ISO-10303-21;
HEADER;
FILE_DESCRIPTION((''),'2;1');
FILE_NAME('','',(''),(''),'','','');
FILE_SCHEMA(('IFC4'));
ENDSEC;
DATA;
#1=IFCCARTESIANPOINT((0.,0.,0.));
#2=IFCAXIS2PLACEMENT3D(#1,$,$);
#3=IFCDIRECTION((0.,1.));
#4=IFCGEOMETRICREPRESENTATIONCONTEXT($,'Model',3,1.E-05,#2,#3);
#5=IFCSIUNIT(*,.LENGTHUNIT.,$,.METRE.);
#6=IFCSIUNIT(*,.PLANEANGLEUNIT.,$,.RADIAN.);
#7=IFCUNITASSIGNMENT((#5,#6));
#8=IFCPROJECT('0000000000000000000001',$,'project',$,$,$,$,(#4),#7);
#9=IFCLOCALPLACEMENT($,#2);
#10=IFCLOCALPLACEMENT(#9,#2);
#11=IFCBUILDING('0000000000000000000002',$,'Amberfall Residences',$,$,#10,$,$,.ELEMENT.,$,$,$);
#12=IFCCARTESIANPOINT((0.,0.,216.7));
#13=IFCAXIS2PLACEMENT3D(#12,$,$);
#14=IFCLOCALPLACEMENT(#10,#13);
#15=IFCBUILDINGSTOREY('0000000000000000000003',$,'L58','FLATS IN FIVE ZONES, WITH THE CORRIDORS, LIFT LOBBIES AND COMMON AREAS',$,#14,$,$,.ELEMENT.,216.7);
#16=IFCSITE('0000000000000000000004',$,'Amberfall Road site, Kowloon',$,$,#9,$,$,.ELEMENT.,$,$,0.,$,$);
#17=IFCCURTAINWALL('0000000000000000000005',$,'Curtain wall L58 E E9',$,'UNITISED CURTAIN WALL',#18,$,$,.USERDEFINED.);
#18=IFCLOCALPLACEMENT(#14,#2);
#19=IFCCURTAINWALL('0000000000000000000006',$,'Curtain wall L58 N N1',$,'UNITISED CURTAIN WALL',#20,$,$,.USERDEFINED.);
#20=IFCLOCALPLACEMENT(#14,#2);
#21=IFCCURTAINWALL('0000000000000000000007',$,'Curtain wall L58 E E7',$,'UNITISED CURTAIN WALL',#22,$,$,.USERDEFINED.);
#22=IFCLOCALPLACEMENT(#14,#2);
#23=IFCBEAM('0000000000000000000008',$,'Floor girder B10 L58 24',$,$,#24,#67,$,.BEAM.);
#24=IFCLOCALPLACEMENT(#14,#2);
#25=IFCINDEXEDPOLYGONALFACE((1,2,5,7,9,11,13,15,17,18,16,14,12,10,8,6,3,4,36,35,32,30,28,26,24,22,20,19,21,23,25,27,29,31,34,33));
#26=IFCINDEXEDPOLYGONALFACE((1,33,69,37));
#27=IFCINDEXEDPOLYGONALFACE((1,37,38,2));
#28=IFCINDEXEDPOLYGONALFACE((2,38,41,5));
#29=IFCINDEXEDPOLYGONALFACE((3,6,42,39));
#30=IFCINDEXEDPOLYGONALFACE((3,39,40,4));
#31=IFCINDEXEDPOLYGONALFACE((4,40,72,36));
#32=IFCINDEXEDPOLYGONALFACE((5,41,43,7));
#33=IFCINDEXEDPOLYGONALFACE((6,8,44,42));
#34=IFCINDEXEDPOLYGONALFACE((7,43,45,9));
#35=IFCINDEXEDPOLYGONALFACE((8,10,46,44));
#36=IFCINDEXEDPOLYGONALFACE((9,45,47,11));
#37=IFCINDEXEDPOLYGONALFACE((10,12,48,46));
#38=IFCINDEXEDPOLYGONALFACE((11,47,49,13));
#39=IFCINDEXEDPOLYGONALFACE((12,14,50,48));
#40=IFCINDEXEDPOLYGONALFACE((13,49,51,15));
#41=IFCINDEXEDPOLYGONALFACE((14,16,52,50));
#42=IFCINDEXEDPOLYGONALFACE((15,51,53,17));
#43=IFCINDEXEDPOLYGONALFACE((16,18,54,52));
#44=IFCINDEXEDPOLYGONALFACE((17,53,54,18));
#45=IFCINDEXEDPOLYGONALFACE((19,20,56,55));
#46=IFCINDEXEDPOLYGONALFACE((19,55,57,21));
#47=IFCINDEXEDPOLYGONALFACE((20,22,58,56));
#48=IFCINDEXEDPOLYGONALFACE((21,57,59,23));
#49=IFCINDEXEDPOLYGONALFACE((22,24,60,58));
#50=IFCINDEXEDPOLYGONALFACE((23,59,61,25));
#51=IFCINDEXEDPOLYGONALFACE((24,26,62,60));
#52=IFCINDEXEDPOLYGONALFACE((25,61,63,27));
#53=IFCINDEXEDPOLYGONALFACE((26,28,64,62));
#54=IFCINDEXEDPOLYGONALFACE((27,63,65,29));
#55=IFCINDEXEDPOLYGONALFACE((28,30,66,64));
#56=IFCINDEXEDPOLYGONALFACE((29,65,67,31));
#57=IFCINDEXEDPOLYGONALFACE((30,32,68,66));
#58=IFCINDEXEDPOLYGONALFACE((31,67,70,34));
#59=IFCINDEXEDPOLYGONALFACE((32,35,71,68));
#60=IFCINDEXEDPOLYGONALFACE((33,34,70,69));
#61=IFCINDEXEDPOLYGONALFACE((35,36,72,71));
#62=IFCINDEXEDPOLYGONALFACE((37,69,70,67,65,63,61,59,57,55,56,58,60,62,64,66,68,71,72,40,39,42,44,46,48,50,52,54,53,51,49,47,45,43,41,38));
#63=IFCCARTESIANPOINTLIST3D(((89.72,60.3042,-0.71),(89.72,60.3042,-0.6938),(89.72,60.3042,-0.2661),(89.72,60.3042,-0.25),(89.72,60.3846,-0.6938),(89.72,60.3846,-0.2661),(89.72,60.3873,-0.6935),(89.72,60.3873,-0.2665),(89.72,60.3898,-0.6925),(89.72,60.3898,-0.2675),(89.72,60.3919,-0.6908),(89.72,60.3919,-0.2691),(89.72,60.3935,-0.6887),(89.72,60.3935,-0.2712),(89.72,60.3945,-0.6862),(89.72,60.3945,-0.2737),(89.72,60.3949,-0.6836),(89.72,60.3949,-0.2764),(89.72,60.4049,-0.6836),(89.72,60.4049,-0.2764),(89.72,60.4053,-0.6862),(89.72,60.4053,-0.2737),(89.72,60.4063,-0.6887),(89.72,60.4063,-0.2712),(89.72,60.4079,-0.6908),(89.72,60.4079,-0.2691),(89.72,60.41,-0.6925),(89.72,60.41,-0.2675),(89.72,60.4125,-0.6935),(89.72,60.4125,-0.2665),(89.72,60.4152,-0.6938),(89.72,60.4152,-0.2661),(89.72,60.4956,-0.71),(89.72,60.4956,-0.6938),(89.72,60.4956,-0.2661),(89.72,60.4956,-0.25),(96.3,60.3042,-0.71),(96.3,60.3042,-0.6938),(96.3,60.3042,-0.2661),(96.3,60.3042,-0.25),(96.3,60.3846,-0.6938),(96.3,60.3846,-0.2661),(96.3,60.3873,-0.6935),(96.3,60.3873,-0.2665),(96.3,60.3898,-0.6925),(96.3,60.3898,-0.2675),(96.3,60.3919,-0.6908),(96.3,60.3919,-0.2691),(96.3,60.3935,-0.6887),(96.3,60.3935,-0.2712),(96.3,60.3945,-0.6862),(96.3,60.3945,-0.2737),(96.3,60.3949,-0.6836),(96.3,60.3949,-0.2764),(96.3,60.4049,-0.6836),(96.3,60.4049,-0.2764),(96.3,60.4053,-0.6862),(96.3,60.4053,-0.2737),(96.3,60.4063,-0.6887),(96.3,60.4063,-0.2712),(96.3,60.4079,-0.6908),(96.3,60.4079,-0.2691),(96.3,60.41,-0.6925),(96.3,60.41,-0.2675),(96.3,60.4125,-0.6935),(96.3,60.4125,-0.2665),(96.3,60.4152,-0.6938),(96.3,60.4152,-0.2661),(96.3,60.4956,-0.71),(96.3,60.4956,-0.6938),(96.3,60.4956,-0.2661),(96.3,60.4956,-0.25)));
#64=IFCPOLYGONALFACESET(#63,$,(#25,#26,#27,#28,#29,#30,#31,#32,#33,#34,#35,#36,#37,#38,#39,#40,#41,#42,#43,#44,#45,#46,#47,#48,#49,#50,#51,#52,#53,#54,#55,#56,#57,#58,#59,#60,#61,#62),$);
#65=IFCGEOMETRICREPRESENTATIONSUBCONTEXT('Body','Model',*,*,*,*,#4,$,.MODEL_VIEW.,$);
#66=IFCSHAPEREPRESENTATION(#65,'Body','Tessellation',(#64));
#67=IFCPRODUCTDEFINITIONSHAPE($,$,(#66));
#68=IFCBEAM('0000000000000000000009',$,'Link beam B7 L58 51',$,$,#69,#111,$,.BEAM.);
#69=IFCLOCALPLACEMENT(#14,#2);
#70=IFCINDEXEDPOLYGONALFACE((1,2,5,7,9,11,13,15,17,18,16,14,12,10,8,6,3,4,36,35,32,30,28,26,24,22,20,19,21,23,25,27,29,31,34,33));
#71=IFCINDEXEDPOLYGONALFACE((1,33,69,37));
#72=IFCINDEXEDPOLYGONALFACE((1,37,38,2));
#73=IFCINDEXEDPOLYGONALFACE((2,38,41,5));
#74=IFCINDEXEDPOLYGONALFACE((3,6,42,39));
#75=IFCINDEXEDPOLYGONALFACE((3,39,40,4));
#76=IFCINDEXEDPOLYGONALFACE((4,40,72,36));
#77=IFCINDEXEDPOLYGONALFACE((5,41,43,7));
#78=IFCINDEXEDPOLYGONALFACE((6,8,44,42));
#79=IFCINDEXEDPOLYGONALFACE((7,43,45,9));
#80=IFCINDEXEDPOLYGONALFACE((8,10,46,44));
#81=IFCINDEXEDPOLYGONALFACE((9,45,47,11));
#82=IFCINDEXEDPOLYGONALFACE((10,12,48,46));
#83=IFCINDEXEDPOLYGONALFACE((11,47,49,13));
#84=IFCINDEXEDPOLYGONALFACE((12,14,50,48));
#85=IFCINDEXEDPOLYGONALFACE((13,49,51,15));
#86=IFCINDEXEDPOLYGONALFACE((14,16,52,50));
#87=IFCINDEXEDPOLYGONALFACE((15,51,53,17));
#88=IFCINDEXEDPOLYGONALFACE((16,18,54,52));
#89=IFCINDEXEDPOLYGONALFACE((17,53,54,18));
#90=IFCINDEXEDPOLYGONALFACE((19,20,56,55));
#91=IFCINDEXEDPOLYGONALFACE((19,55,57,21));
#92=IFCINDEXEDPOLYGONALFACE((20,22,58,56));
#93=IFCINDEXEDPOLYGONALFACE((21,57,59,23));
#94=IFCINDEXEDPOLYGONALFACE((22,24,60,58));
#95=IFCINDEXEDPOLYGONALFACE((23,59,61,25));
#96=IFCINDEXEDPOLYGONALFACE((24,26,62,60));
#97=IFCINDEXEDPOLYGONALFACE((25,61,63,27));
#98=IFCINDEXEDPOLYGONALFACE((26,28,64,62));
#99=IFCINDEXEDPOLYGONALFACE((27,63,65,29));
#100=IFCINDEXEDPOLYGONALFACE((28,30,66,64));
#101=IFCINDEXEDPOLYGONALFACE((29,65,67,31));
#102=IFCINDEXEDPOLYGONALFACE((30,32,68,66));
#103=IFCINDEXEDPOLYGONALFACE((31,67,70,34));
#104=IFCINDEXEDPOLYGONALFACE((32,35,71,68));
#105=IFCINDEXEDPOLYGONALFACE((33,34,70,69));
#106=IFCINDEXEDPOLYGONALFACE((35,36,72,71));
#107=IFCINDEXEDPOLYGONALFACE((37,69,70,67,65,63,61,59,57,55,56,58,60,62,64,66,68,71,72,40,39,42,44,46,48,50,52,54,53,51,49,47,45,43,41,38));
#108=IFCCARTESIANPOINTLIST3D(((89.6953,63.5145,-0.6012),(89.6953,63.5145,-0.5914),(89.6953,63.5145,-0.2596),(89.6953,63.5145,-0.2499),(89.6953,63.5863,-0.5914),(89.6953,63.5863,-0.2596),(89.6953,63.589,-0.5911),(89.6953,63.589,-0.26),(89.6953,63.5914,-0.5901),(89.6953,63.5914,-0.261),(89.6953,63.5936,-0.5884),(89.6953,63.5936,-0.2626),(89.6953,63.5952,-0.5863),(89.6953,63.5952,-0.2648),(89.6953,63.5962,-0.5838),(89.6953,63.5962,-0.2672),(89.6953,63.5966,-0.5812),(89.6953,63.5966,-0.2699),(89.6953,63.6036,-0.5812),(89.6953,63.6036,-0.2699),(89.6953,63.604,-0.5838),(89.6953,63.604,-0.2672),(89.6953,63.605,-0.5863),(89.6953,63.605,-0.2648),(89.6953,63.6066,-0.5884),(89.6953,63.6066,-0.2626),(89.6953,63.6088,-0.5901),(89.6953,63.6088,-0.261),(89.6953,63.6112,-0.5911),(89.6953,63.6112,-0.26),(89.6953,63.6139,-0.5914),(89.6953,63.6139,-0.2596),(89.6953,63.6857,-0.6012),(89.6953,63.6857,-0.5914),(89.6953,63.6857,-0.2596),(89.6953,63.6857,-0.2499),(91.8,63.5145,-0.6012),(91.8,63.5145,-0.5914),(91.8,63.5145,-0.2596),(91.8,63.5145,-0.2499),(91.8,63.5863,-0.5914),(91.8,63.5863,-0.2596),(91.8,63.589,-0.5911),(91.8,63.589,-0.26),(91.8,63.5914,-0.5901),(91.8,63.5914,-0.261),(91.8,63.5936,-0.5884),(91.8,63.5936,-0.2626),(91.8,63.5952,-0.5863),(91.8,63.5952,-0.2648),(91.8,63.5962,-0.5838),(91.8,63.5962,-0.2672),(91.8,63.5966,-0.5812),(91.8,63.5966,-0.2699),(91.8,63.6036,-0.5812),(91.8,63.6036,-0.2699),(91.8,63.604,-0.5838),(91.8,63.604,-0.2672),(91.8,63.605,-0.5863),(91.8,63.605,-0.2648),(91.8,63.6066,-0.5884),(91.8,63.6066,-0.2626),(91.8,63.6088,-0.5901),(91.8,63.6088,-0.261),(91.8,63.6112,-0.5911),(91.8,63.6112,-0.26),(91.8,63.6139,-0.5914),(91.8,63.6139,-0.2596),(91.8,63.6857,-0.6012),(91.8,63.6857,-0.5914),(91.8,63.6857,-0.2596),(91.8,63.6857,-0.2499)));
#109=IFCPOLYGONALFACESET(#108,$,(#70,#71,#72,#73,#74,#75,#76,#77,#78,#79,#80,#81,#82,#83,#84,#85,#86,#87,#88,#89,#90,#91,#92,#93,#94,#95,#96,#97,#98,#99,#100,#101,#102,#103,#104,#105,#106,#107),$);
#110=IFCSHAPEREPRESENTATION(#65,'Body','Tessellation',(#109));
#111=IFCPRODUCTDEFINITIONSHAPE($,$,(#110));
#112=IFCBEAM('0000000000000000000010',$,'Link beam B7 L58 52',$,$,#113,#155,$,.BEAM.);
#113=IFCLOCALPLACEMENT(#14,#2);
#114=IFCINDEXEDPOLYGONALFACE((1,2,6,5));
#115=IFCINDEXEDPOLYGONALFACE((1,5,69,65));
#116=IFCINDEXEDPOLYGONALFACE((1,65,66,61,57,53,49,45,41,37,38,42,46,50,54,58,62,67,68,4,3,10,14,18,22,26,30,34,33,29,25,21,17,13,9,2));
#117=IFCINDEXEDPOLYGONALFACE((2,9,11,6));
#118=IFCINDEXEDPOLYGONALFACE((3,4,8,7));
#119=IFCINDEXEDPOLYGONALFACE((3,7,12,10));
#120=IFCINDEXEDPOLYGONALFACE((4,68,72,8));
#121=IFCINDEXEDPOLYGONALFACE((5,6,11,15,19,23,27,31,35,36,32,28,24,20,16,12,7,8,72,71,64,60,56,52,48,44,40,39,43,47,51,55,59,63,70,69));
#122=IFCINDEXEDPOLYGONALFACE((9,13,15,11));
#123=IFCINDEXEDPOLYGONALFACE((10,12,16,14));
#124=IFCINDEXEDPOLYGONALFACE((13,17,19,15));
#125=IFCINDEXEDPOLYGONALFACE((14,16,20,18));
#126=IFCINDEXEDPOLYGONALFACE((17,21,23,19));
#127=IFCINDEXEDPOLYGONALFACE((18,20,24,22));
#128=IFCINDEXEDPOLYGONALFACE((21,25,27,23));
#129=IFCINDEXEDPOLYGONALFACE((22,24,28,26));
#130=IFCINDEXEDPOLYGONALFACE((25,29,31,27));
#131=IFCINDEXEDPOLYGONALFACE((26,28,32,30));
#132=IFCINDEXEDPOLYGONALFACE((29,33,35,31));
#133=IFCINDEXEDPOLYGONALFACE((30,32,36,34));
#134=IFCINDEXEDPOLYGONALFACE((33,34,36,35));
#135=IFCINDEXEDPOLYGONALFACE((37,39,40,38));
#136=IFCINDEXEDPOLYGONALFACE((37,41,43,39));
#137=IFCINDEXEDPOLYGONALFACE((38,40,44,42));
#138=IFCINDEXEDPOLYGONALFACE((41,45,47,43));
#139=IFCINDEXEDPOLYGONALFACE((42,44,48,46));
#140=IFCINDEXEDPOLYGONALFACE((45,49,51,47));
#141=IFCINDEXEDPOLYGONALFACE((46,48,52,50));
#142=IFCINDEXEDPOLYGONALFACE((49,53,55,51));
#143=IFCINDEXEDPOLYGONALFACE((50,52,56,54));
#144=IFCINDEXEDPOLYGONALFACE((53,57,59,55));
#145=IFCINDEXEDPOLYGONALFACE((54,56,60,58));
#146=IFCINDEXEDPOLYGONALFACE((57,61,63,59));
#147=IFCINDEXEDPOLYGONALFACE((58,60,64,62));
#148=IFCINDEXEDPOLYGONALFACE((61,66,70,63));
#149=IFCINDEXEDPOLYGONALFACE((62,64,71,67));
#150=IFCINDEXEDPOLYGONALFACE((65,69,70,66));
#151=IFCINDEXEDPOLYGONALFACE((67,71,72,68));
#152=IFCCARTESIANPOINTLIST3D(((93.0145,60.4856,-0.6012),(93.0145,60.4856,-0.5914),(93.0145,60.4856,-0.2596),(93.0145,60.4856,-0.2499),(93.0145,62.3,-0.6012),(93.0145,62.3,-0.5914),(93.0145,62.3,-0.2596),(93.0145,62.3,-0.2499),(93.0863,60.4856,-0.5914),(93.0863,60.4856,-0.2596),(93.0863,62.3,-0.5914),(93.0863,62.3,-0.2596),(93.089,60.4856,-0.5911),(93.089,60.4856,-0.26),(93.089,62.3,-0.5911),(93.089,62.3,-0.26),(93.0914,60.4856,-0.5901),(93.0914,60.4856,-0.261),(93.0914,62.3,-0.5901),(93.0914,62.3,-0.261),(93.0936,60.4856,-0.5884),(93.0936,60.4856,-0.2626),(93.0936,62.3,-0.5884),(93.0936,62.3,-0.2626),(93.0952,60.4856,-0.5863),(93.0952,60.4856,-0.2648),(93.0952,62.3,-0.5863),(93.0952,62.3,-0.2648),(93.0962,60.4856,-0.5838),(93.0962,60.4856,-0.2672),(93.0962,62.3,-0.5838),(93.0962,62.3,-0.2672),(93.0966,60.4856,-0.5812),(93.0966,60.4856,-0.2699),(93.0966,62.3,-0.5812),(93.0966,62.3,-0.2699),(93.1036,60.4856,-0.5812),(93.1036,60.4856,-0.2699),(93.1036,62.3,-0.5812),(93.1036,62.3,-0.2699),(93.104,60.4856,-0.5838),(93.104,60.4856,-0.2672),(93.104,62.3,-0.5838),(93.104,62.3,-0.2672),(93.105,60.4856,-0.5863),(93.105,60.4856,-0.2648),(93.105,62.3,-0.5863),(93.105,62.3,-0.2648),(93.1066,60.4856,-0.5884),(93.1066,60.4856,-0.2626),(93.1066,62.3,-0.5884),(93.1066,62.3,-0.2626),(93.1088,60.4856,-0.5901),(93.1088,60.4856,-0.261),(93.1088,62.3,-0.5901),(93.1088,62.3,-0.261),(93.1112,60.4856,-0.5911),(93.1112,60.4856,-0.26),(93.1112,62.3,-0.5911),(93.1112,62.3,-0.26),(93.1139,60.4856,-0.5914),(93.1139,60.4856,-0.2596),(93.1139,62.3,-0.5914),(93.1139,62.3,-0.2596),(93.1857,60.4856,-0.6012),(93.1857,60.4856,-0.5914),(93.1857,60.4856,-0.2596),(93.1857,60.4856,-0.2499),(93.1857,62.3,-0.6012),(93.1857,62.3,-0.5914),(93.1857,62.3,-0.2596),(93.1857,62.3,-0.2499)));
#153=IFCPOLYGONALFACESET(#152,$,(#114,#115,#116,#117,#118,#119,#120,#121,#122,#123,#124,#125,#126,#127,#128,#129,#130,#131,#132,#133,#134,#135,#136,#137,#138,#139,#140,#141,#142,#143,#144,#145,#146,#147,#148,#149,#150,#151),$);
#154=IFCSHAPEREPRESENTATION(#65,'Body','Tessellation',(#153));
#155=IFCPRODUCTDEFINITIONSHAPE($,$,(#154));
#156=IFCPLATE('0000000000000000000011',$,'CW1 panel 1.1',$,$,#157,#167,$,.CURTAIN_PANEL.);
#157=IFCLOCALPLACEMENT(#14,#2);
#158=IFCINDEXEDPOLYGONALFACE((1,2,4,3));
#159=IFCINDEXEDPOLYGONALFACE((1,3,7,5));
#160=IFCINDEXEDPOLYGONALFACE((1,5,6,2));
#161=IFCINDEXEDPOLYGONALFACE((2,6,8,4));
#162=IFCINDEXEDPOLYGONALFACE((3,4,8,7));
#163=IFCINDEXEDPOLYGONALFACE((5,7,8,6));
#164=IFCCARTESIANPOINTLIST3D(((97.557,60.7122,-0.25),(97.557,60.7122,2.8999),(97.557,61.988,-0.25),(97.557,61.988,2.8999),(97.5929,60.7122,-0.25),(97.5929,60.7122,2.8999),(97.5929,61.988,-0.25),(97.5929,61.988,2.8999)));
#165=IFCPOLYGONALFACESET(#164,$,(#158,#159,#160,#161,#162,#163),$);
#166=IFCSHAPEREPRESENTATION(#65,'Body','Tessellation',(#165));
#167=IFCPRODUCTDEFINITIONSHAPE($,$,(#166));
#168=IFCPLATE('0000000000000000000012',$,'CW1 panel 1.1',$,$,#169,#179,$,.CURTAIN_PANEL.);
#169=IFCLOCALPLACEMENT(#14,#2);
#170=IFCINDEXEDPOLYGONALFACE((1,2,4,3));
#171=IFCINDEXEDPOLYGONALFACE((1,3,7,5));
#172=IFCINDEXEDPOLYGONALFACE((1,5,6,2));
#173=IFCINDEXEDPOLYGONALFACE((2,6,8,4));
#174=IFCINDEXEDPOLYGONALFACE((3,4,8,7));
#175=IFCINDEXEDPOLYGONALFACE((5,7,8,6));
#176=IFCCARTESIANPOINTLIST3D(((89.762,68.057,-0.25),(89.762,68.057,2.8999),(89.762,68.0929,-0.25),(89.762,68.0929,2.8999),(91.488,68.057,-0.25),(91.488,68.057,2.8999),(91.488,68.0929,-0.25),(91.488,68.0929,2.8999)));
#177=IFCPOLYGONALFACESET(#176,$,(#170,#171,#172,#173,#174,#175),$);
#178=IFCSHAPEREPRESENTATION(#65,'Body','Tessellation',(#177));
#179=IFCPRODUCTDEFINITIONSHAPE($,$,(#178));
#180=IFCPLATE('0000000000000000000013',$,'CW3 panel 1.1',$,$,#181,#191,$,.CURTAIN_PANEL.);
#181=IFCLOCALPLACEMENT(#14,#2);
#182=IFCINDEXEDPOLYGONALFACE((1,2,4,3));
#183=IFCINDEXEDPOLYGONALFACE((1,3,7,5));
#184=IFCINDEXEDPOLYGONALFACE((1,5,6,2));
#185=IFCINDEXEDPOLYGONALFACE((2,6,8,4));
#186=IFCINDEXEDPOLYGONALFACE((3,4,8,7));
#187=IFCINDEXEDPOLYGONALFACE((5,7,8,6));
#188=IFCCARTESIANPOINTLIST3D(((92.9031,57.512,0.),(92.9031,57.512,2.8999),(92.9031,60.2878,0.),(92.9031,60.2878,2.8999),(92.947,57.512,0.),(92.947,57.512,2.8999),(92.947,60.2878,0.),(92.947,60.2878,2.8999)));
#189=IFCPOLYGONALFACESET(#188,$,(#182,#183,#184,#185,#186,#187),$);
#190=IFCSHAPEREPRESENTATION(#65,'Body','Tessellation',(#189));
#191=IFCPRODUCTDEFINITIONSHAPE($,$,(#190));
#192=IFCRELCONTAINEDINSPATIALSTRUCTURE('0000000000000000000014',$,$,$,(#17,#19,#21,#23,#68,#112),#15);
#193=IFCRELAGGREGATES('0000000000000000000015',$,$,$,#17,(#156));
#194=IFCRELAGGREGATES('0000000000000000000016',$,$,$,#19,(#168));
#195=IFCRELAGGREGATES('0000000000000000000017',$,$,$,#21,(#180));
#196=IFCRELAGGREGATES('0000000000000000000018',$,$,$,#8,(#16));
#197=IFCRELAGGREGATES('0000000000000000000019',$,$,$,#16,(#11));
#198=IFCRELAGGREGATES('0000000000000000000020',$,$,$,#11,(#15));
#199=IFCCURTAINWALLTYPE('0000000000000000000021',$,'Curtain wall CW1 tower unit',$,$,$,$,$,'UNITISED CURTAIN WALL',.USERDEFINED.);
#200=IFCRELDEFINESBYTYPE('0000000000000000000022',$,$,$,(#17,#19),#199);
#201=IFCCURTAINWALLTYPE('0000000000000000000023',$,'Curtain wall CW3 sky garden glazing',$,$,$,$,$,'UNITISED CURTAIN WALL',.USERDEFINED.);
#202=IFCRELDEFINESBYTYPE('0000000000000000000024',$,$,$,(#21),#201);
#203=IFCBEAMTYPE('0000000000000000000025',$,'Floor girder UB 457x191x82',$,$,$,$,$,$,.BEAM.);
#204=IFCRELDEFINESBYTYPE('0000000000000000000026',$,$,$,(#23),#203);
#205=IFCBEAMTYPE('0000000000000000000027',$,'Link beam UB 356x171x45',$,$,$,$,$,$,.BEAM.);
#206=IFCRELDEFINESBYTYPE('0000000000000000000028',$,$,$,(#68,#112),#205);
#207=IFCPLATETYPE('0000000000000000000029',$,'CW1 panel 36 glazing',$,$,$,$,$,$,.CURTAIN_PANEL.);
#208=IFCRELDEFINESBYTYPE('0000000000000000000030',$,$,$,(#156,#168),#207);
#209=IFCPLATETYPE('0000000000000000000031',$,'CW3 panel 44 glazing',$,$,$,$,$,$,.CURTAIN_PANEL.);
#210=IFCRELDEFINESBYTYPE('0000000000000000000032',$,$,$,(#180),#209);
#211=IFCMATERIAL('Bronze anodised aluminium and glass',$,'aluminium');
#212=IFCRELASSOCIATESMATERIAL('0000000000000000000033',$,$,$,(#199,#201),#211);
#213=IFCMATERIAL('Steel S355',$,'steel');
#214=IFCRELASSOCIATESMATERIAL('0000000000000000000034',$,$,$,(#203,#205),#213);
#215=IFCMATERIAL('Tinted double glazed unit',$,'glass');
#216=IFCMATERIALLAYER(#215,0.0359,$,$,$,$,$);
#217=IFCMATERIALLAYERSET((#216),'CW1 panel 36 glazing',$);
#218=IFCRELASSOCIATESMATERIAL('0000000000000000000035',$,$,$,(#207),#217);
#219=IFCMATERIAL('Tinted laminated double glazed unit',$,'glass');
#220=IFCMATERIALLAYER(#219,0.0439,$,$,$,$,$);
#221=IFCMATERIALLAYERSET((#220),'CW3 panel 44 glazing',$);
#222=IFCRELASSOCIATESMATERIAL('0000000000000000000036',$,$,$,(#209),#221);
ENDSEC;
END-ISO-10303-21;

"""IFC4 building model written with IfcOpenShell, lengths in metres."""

from ifc_helpers import new_model, si_unit, direction, frame, origin, origin_2d, place, context, subcontext, project, spatial, rectangle, i_section, extrude, material, layer, layer_set, material_profile, profile_set, type_object, element, aggregate, save


model = new_model("IFC4")

# Units and contexts
model_context = context("Model", 3, precision=1e-05, world=origin(), true_north=direction((0.0, 1.0)))
body_context = subcontext(model_context, "Body", "Model", "MODEL_VIEW")
ifc_project = project(units=[si_unit("LENGTHUNIT", "METRE"), si_unit("PLANEANGLEUNIT", "RADIAN")], contexts=[model_context])

# Site, building, storey
site_placement = place(None, origin())
site = spatial("IfcSite", under=ifc_project, at=site_placement, Name="Amberfall Road site, Kowloon", CompositionType="ELEMENT", RefElevation=0.0)
building_placement = place(site_placement, origin())
building = spatial("IfcBuilding", under=site, at=building_placement, Name="Amberfall Residences", CompositionType="ELEMENT")
storey_placement = place(building_placement, frame((0.0, 0.0, 216.7)))
storey = spatial("IfcBuildingStorey", under=building, at=storey_placement, Name="L58", Description="FLATS IN FIVE ZONES, WITH THE CORRIDORS, LIFT LOBBIES AND COMMON AREAS", CompositionType="ELEMENT", Elevation=216.7)

# Curtain walls
ifc_material_1 = material(Name="Bronze anodised aluminium and glass", Category="aluminium")
curtain_wall_type_1 = type_object("IfcCurtainWallType", Name="Curtain wall CW1 tower unit", ElementType="UNITISED CURTAIN WALL", PredefinedType="USERDEFINED", material=ifc_material_1)
curtain_wall_1_placement = place(storey_placement, origin())
curtain_wall_1 = element("IfcCurtainWall", 1, at=curtain_wall_1_placement, inside=storey, type_object=curtain_wall_type_1, Name="Curtain wall L58 E E9", ObjectType="UNITISED CURTAIN WALL", PredefinedType="USERDEFINED")
curtain_wall_2_placement = place(storey_placement, origin())
curtain_wall_2 = element("IfcCurtainWall", 2, at=curtain_wall_2_placement, inside=storey, type_object=curtain_wall_type_1, Name="Curtain wall L58 N N1", ObjectType="UNITISED CURTAIN WALL", PredefinedType="USERDEFINED")

# Curtain wall
curtain_wall_type_2 = type_object("IfcCurtainWallType", Name="Curtain wall CW3 sky garden glazing", ElementType="UNITISED CURTAIN WALL", PredefinedType="USERDEFINED", material=ifc_material_1)
curtain_wall_3_placement = place(storey_placement, origin())
curtain_wall_3 = element("IfcCurtainWall", 3, at=curtain_wall_3_placement, inside=storey, type_object=curtain_wall_type_2, Name="Curtain wall L58 E E7", ObjectType="UNITISED CURTAIN WALL", PredefinedType="USERDEFINED")

# Beams
ifc_material_2 = material(Name="Steel S355", Category="steel")
ifc_material_profile_1 = material_profile(ifc_material_2, i_section(OverallWidth=0.1914, OverallDepth=0.46, WebThickness=0.01, FlangeThickness=0.0161, FilletRadius=0.0103, at=origin_2d()), Name="UB 457x191x82")
ifc_profile_set_1 = profile_set([ifc_material_profile_1], Name="Steel S355")
beam_type_1 = type_object("IfcBeamType", Name="Floor girder UB 457x191x82", PredefinedType="BEAM", material=ifc_profile_set_1)
beam_1_placement = place(storey_placement, frame((96.3, 60.3999, -0.48), z_axis=(-1.0, 0.0, 0.0), x_axis=(0.0, -1.0, 0.0)))
element("IfcBeam", 4, at=beam_1_placement, inside=storey, type_object=beam_type_1, Name="Floor girder B10 L58 24", PredefinedType="BEAM", context=body_context, shape_type="SweptSolid", body=[
    extrude(i_section(OverallWidth=0.1914, OverallDepth=0.46, WebThickness=0.01, FlangeThickness=0.0161, FilletRadius=0.0103, at=origin_2d()), origin(), (0.0, 0.0, 1.0), 6.5801),
])
ifc_material_profile_2 = material_profile(ifc_material_2, i_section(OverallWidth=0.1711, OverallDepth=0.3513, WebThickness=0.0071, FlangeThickness=0.0098, FilletRadius=0.0103, at=origin_2d()), Name="UB 356x171x45")
ifc_profile_set_2 = profile_set([ifc_material_profile_2], Name="Steel S355")
beam_type_2 = type_object("IfcBeamType", Name="Link beam UB 356x171x45", PredefinedType="BEAM", material=ifc_profile_set_2)
beam_2_placement = place(storey_placement, frame((91.8, 63.6001, -0.4255), z_axis=(-1.0, 0.0, 0.0), x_axis=(0.0, -1.0, 0.0)))
element("IfcBeam", 5, at=beam_2_placement, inside=storey, type_object=beam_type_2, Name="Link beam B7 L58 51", PredefinedType="BEAM", context=body_context, shape_type="SweptSolid", body=[
    extrude(i_section(OverallWidth=0.1711, OverallDepth=0.3513, WebThickness=0.0071, FlangeThickness=0.0098, FilletRadius=0.0103, at=origin_2d()), origin(), (0.0, 0.0, 1.0), 2.1047),
])
beam_3_placement = place(storey_placement, frame((93.1001, 62.3, -0.4255), z_axis=(0.0, -1.0, 0.0), x_axis=(1.0, 0.0, 0.0)))
element("IfcBeam", 6, at=beam_3_placement, inside=storey, type_object=beam_type_2, Name="Link beam B7 L58 52", PredefinedType="BEAM", context=body_context, shape_type="SweptSolid", body=[
    extrude(i_section(OverallWidth=0.1711, OverallDepth=0.3513, WebThickness=0.0071, FlangeThickness=0.0098, FilletRadius=0.0103, at=origin_2d()), origin(), (0.0, 0.0, 1.0), 1.8145),
])

# Plates
ifc_material_3 = material(Name="Tinted double glazed unit", Category="glass")
ifc_layer_1 = layer(ifc_material_3, 0.0359)
ifc_layer_set_1 = layer_set([ifc_layer_1], Name="CW1 panel 36 glazing")
plate_type_1 = type_object("IfcPlateType", Name="CW1 panel 36 glazing", PredefinedType="CURTAIN_PANEL", material=ifc_layer_set_1)
plate_1_placement = place(storey_placement, frame((97.575, 61.3501, -0.25), z_axis=(0.0, 0.0, 1.0), x_axis=(0.0, 1.0, 0.0)))
plate_1 = element("IfcPlate", 7, at=plate_1_placement, type_object=plate_type_1, Name="CW1 panel 1.1", PredefinedType="CURTAIN_PANEL", context=body_context, shape_type="SweptSolid", body=[
    extrude(rectangle(XDim=1.2759, YDim=0.0359, at=origin_2d()), origin(), (0.0, 0.0, 1.0), 3.1499),
])
aggregate(curtain_wall_1, [plate_1])
plate_2_placement = place(storey_placement, frame((90.625, 68.075, -0.25), z_axis=(0.0, 0.0, 1.0), x_axis=(-1.0, 0.0, 0.0)))
plate_2 = element("IfcPlate", 8, at=plate_2_placement, type_object=plate_type_1, Name="CW1 panel 1.1", PredefinedType="CURTAIN_PANEL", context=body_context, shape_type="SweptSolid", body=[
    extrude(rectangle(XDim=1.7261, YDim=0.0359, at=origin_2d()), origin(), (0.0, 0.0, 1.0), 3.1499),
])
aggregate(curtain_wall_2, [plate_2])
ifc_material_4 = material(Name="Tinted laminated double glazed unit", Category="glass")
ifc_layer_2 = layer(ifc_material_4, 0.0439)
ifc_layer_set_2 = layer_set([ifc_layer_2], Name="CW3 panel 44 glazing")
plate_type_2 = type_object("IfcPlateType", Name="CW3 panel 44 glazing", PredefinedType="CURTAIN_PANEL", material=ifc_layer_set_2)
plate_3_placement = place(storey_placement, frame((92.925, 58.8999, 0.0), z_axis=(0.0, 0.0, 1.0), x_axis=(0.0, 1.0, 0.0)))
plate_3 = element("IfcPlate", 9, at=plate_3_placement, type_object=plate_type_2, Name="CW3 panel 1.1", PredefinedType="CURTAIN_PANEL", context=body_context, shape_type="SweptSolid", body=[
    extrude(rectangle(XDim=2.7759, YDim=0.0439, at=origin_2d()), origin(), (0.0, 0.0, 1.0), 2.8999),
])
aggregate(curtain_wall_3, [plate_3])

save(model, "model.ifc")
